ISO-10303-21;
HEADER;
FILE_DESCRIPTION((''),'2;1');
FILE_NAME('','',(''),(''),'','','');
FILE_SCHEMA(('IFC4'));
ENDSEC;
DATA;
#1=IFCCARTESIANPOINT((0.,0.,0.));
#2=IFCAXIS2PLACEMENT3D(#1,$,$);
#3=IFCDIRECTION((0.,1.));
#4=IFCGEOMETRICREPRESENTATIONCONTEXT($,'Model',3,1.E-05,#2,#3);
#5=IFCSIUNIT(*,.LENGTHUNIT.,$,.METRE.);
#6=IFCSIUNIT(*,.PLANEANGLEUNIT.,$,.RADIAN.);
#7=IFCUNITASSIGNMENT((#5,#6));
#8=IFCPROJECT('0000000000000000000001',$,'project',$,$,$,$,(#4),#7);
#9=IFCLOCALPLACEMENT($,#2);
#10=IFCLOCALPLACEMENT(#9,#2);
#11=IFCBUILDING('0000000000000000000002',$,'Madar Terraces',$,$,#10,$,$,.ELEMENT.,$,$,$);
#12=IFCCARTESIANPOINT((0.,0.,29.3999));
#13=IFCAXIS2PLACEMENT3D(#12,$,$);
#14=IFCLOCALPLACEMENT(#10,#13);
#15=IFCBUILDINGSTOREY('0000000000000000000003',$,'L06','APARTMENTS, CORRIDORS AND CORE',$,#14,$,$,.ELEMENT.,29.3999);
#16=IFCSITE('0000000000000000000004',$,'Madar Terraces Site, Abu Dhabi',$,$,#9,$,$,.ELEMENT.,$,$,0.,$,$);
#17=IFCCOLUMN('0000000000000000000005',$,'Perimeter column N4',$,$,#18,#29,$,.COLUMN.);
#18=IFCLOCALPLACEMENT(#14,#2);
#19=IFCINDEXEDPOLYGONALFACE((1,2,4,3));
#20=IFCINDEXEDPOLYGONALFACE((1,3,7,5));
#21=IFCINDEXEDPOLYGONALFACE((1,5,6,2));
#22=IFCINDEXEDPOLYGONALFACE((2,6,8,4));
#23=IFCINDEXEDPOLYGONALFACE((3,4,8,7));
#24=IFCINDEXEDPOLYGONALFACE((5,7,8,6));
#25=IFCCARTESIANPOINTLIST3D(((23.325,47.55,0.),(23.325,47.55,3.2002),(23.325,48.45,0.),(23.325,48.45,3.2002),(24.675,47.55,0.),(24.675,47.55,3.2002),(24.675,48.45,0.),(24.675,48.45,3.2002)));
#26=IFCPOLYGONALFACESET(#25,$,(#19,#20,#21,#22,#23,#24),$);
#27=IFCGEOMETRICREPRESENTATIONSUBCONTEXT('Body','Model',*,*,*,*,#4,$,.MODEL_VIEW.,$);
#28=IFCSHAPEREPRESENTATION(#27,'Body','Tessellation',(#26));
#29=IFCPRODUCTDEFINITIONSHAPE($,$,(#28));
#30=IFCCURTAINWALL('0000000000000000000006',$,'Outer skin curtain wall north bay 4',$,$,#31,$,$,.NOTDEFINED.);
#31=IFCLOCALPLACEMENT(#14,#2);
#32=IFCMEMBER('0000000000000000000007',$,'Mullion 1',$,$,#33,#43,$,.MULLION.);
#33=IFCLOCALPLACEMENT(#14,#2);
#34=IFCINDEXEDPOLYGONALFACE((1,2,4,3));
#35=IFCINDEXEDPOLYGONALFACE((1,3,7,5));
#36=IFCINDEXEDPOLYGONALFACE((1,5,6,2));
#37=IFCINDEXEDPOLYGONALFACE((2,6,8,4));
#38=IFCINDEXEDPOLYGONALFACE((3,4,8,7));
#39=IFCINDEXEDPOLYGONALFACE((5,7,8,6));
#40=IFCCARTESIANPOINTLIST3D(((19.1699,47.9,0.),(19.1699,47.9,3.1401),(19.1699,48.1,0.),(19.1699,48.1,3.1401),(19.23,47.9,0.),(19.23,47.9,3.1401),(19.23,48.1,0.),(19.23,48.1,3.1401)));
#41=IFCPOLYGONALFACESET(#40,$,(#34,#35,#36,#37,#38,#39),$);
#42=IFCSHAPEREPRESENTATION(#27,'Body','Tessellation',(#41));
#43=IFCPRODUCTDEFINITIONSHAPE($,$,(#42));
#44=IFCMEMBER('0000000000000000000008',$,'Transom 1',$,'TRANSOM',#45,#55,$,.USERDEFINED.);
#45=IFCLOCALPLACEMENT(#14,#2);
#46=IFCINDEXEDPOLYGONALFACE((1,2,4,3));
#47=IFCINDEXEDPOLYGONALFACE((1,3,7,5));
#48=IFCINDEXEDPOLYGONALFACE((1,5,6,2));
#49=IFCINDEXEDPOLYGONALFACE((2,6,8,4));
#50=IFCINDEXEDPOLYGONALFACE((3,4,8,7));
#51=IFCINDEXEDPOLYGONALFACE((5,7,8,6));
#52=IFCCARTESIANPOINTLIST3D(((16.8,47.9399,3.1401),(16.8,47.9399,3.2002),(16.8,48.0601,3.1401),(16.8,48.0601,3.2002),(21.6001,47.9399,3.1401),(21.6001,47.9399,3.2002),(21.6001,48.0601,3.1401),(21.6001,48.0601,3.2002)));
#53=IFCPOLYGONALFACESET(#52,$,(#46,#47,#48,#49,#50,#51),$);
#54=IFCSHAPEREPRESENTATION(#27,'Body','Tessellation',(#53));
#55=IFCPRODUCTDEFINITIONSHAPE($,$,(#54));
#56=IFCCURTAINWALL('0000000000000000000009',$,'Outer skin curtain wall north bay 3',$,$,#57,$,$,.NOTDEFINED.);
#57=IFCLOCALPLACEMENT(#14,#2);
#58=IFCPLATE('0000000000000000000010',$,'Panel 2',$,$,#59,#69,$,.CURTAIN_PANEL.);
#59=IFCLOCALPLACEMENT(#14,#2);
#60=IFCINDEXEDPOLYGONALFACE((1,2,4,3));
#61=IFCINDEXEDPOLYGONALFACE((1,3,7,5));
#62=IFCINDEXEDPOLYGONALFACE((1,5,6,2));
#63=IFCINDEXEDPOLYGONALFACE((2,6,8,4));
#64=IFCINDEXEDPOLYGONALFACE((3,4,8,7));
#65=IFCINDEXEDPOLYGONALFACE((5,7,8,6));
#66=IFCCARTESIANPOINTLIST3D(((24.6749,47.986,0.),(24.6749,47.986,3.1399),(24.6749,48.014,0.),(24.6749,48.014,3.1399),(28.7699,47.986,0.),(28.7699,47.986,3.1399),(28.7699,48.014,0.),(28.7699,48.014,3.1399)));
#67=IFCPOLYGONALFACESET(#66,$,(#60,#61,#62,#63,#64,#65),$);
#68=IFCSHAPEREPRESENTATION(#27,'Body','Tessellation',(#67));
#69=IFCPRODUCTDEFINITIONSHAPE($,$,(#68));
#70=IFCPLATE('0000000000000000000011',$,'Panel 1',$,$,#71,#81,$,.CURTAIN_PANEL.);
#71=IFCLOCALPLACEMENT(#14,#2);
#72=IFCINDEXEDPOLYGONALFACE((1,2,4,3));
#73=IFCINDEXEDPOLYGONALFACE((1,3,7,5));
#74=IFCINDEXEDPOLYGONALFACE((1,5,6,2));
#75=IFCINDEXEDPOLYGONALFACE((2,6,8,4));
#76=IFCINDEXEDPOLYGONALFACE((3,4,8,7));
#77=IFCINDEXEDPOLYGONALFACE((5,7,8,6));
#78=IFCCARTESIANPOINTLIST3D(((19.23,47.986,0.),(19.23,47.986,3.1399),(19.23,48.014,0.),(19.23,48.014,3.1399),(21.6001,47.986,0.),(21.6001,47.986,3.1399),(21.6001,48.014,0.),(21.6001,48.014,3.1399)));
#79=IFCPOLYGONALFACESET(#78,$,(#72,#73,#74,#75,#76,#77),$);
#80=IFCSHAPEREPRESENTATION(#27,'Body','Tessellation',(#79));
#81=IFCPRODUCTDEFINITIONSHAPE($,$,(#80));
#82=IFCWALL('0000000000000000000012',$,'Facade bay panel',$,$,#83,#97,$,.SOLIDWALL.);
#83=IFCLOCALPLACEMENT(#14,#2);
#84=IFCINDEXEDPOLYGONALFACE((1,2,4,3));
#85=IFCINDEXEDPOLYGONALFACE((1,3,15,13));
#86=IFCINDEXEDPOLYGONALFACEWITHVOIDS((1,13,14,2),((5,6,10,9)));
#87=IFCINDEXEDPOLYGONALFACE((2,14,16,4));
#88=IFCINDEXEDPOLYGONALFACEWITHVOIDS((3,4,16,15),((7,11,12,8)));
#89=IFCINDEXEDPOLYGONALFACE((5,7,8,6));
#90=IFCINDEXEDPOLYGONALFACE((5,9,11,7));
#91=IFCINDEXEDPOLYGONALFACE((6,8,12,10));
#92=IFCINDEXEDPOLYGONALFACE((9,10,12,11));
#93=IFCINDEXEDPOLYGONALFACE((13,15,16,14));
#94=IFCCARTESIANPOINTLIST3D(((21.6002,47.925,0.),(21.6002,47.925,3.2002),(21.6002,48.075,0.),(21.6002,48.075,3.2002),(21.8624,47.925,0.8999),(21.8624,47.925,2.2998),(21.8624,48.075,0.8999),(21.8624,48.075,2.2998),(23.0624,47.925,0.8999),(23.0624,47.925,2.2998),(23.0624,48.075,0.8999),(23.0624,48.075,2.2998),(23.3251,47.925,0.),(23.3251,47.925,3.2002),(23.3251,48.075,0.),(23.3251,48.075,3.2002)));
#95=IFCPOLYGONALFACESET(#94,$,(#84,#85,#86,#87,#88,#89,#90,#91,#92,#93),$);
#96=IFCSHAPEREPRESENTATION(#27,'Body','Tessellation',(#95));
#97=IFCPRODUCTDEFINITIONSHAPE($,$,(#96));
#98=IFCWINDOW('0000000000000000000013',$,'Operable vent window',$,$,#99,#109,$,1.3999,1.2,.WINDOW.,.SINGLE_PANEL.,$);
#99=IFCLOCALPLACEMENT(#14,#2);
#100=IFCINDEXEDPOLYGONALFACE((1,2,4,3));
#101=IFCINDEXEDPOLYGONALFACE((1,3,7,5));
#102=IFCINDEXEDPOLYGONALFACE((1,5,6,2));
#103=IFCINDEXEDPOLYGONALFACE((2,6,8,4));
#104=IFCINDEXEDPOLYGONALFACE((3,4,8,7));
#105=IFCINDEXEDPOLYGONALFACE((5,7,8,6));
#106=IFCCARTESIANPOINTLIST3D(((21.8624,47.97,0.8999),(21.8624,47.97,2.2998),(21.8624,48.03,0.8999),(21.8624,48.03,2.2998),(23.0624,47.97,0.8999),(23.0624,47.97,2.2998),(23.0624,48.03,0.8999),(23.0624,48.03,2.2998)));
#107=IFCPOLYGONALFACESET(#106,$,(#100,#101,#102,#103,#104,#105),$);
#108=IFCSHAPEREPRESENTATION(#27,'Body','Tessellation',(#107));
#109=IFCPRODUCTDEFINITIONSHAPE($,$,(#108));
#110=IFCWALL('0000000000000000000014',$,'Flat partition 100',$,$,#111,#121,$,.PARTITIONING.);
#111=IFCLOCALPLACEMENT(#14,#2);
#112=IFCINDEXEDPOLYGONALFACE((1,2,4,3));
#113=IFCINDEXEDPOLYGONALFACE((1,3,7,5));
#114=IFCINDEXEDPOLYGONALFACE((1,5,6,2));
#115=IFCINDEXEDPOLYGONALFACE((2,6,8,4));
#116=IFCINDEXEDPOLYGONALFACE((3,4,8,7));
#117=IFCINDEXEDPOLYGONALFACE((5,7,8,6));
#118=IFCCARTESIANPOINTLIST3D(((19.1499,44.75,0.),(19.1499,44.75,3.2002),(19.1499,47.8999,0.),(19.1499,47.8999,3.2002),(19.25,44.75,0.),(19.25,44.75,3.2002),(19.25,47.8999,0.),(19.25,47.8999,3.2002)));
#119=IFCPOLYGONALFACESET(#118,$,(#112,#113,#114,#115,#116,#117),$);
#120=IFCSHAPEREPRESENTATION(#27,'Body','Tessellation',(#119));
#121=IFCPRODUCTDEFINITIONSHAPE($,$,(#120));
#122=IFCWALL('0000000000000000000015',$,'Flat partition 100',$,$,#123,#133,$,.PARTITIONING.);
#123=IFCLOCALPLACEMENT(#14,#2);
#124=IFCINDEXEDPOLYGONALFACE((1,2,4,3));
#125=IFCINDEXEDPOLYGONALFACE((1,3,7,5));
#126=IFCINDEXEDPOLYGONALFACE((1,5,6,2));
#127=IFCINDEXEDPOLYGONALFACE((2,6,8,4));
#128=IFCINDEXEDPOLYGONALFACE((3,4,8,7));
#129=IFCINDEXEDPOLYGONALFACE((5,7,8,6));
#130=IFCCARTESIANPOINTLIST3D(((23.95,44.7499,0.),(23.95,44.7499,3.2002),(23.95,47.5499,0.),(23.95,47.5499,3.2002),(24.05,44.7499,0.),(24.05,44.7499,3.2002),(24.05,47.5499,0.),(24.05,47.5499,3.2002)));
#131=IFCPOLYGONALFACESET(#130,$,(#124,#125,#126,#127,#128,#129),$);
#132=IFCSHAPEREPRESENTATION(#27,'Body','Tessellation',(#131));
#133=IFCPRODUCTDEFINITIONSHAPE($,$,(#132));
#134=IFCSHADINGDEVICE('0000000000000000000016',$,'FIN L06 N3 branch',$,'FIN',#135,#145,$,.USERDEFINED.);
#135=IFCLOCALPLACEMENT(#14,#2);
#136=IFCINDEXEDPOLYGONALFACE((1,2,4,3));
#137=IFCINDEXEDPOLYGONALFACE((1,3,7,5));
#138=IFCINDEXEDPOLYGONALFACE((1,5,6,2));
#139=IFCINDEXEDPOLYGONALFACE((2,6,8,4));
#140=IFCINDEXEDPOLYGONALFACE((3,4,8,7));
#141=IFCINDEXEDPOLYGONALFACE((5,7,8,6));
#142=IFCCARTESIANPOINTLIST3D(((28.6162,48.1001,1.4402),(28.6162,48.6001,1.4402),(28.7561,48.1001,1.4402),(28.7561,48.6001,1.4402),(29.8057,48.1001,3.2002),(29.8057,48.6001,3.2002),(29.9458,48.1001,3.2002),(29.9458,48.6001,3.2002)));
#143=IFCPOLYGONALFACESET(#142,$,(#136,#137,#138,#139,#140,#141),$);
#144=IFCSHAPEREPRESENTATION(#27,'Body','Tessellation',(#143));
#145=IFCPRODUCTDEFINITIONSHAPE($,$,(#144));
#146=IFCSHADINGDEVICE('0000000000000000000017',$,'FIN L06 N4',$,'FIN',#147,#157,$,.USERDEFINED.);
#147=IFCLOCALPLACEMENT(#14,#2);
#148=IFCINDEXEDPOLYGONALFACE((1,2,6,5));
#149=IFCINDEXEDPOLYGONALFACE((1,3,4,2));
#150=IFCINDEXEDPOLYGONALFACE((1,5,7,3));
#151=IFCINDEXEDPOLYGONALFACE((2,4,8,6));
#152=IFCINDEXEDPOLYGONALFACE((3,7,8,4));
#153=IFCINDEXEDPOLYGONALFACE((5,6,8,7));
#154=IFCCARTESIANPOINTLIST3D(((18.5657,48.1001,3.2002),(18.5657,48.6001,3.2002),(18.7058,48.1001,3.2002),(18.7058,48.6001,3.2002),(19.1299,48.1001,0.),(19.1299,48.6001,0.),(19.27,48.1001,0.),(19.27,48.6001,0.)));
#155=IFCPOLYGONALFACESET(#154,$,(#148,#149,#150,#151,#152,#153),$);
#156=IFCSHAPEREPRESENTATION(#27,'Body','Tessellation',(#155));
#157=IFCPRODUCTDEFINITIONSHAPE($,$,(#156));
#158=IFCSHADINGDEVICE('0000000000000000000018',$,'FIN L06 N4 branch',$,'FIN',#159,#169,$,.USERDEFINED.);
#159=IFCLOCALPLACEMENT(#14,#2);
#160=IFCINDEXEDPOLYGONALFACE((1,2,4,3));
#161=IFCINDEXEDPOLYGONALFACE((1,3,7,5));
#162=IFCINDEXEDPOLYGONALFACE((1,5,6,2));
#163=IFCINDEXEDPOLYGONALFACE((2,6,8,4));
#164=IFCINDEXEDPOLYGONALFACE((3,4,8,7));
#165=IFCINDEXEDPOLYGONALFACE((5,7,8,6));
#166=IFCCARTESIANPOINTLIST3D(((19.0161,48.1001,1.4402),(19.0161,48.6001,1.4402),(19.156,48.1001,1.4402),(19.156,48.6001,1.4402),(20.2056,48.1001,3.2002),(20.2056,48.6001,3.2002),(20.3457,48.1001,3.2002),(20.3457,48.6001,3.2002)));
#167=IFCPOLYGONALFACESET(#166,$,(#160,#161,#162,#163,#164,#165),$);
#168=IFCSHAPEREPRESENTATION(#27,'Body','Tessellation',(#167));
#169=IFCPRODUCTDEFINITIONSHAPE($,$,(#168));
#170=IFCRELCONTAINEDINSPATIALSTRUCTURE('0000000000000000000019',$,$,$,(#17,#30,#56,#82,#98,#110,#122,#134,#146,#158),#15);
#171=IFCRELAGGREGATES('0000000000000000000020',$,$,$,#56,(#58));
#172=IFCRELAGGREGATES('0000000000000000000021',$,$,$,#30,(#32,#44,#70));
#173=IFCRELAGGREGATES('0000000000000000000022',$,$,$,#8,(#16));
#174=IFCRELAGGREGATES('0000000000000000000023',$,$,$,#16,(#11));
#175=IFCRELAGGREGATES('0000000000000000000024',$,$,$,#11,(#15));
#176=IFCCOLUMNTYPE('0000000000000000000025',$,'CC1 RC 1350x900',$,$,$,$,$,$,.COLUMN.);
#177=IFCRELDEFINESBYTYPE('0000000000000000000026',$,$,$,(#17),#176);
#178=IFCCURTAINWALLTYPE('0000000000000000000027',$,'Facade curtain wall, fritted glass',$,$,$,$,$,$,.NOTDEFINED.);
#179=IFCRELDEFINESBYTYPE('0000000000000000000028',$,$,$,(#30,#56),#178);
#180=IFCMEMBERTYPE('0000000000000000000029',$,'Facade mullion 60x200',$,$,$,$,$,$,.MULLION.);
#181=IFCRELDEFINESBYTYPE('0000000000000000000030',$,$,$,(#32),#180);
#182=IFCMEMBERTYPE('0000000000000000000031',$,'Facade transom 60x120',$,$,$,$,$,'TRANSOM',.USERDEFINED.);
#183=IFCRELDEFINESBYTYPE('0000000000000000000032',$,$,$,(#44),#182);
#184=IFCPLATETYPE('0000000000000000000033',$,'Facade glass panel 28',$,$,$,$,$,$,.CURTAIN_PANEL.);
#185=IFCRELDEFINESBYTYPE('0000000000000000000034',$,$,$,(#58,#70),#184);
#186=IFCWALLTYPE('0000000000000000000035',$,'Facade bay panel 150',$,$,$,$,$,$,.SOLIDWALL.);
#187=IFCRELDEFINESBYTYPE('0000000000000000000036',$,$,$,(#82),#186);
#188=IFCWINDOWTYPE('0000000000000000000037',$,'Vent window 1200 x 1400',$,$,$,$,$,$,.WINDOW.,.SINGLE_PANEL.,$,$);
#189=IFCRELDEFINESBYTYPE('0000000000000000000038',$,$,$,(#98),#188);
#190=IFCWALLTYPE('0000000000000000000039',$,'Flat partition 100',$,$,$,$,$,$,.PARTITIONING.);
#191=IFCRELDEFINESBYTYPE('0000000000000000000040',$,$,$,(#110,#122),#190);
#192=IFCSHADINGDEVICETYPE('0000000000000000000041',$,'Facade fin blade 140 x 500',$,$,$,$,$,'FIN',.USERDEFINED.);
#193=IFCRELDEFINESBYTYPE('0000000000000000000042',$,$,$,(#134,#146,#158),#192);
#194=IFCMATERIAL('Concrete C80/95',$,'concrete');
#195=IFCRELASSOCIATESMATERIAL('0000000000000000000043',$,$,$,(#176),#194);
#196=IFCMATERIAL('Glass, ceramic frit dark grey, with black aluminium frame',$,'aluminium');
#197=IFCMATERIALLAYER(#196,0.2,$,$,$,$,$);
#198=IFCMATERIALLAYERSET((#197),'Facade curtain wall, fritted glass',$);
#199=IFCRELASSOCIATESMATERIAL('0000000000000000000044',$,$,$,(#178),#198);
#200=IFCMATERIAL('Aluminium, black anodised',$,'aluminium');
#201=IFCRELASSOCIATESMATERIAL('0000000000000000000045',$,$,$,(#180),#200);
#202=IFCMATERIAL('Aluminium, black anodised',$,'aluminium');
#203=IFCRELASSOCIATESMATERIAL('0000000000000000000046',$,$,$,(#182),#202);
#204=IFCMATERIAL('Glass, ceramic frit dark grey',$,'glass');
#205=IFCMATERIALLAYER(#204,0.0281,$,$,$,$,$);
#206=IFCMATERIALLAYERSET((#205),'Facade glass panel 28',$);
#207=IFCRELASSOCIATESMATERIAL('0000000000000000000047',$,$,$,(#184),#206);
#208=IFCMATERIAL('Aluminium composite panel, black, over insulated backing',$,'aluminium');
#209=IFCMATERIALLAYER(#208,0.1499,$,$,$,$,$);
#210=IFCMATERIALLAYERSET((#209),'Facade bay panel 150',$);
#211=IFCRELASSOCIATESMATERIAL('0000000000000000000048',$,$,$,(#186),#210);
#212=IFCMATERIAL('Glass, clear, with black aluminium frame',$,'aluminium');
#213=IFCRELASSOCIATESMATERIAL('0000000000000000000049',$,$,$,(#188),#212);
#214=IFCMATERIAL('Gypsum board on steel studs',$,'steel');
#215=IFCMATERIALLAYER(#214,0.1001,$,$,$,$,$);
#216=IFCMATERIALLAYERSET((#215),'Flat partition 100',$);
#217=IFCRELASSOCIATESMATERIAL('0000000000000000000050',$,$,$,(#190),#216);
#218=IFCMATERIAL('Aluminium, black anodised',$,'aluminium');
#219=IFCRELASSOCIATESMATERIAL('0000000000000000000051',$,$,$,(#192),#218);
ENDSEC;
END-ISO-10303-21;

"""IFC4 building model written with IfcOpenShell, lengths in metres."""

from ifc_helpers import new_model, si_unit, direction, frame, frame_2d, origin, origin_2d, place, context, subcontext, project, spatial, polyline, rectangle, outline, extrude, material, layer, layer_set, material_profile, profile_set, type_object, element, fill, aggregate, save


model = new_model("IFC4")

# Units and contexts
model_context = context("Model", 3, precision=1e-05, world=origin(), true_north=direction((0.0, 1.0)))
body_context = subcontext(model_context, "Body", "Model", "MODEL_VIEW")
ifc_project = project(units=[si_unit("LENGTHUNIT", "METRE"), si_unit("PLANEANGLEUNIT", "RADIAN")], contexts=[model_context])

# Site, building, storey
site_placement = place(None, origin())
site = spatial("IfcSite", under=ifc_project, at=site_placement, Name="Madar Terraces Site, Abu Dhabi", CompositionType="ELEMENT", RefElevation=0.0)
building_placement = place(site_placement, origin())
building = spatial("IfcBuilding", under=site, at=building_placement, Name="Madar Terraces", CompositionType="ELEMENT")
storey_placement = place(building_placement, frame((0.0, 0.0, 29.3999)))
storey = spatial("IfcBuildingStorey", under=building, at=storey_placement, Name="L06", Description="APARTMENTS, CORRIDORS AND CORE", CompositionType="ELEMENT", Elevation=29.3999)

# Column
ifc_material_1 = material(Name="Concrete C80/95", Category="concrete")
ifc_material_profile_1 = material_profile(ifc_material_1, rectangle(XDim=1.3501, YDim=0.8999, at=origin_2d()), Name="CC1 RC 1350x900")
ifc_profile_set_1 = profile_set([ifc_material_profile_1], Name="Concrete C80/95")
column_type = type_object("IfcColumnType", Name="CC1 RC 1350x900", PredefinedType="COLUMN", material=ifc_profile_set_1)
column_placement = place(storey_placement, frame((24.0, 48.0, 0.0), z_axis=(0.0, 0.0, 1.0), x_axis=(1.0, 0.0, 0.0)))
element("IfcColumn", 1, at=column_placement, inside=storey, type_object=column_type, Name="Perimeter column N4", PredefinedType="COLUMN", context=body_context, shape_type="SweptSolid", body=[
    extrude(rectangle(XDim=1.3501, YDim=0.8999, at=origin_2d()), origin(), (0.0, 0.0, 1.0), 3.2002),
])

# Curtain wall, members
ifc_material_2 = material(Name="Glass, ceramic frit dark grey, with black aluminium frame", Category="aluminium")
ifc_layer_1 = layer(ifc_material_2, 0.2)
ifc_layer_set_1 = layer_set([ifc_layer_1], Name="Facade curtain wall, fritted glass")
curtain_wall_type = type_object("IfcCurtainWallType", Name="Facade curtain wall, fritted glass", PredefinedType="NOTDEFINED", material=ifc_layer_set_1)
curtain_wall_1_placement = place(storey_placement, origin())
curtain_wall_1 = element("IfcCurtainWall", 2, at=curtain_wall_1_placement, inside=storey, type_object=curtain_wall_type, Name="Outer skin curtain wall north bay 4", PredefinedType="NOTDEFINED")
ifc_material_3 = material(Name="Aluminium, black anodised", Category="aluminium")
ifc_material_profile_2 = material_profile(ifc_material_3, rectangle(XDim=0.2, YDim=0.0601, at=origin_2d()), Name="Facade mullion 60x200")
ifc_profile_set_2 = profile_set([ifc_material_profile_2], Name="Aluminium, black anodised")
member_type_1 = type_object("IfcMemberType", Name="Facade mullion 60x200", PredefinedType="MULLION", material=ifc_profile_set_2)
member_1_placement = place(storey_placement, frame((19.2, 48.0, 0.0), z_axis=(0.0, 0.0, 1.0), x_axis=(0.0, -1.0, 0.0)))
member_1 = element("IfcMember", 3, at=member_1_placement, type_object=member_type_1, Name="Mullion 1", PredefinedType="MULLION", context=body_context, shape_type="SweptSolid", body=[
    extrude(rectangle(XDim=0.2, YDim=0.0601, at=origin_2d()), origin(), (0.0, 0.0, 1.0), 3.1401),
])
ifc_material_4 = material(Name="Aluminium, black anodised", Category="aluminium")
ifc_material_profile_3 = material_profile(ifc_material_4, rectangle(XDim=0.1201, YDim=0.0601, at=origin_2d()), Name="Facade transom 60x120")
ifc_profile_set_3 = profile_set([ifc_material_profile_3], Name="Aluminium, black anodised")
member_type_2 = type_object("IfcMemberType", Name="Facade transom 60x120", ElementType="TRANSOM", PredefinedType="USERDEFINED", material=ifc_profile_set_3)
member_2_placement = place(storey_placement, frame((21.6001, 48.0, 3.1702), z_axis=(-1.0, 0.0, 0.0), x_axis=(0.0, -1.0, 0.0)))
member_2 = element("IfcMember", 4, at=member_2_placement, type_object=member_type_2, Name="Transom 1", ObjectType="TRANSOM", PredefinedType="USERDEFINED", context=body_context, shape_type="SweptSolid", body=[
    extrude(rectangle(XDim=0.1201, YDim=0.0601, at=origin_2d()), origin(), (0.0, 0.0, 1.0), 4.8),
])

# Curtain wall, plate
curtain_wall_2_placement = place(storey_placement, origin())
curtain_wall_2 = element("IfcCurtainWall", 5, at=curtain_wall_2_placement, inside=storey, type_object=curtain_wall_type, Name="Outer skin curtain wall north bay 3", PredefinedType="NOTDEFINED")
ifc_material_5 = material(Name="Glass, ceramic frit dark grey", Category="glass")
ifc_layer_2 = layer(ifc_material_5, 0.0281)
ifc_layer_set_2 = layer_set([ifc_layer_2], Name="Facade glass panel 28")
plate_type = type_object("IfcPlateType", Name="Facade glass panel 28", PredefinedType="CURTAIN_PANEL", material=ifc_layer_set_2)
plate_1_placement = place(storey_placement, frame((26.7224, 48.0, 0.0), z_axis=(0.0, 0.0, 1.0), x_axis=(-1.0, 0.0, 0.0)))
plate_1 = element("IfcPlate", 6, at=plate_1_placement, type_object=plate_type, Name="Panel 2", PredefinedType="CURTAIN_PANEL", context=body_context, shape_type="SweptSolid", body=[
    extrude(rectangle(XDim=4.095, YDim=0.0281, at=origin_2d()), origin(), (0.0, 0.0, 1.0), 3.1399),
])
aggregate(curtain_wall_2, [plate_1])

# Plate
plate_2_placement = place(storey_placement, frame((20.415, 48.0, 0.0), z_axis=(0.0, 0.0, 1.0), x_axis=(-1.0, 0.0, 0.0)))
plate_2 = element("IfcPlate", 7, at=plate_2_placement, type_object=plate_type, Name="Panel 1", PredefinedType="CURTAIN_PANEL", context=body_context, shape_type="SweptSolid", body=[
    extrude(rectangle(XDim=2.3701, YDim=0.0281, at=origin_2d()), origin(), (0.0, 0.0, 1.0), 3.1399),
])
aggregate(curtain_wall_1, [member_1, member_2, plate_2])

# Wall, opening, window
ifc_material_6 = material(Name="Aluminium composite panel, black, over insulated backing", Category="aluminium")
ifc_layer_3 = layer(ifc_material_6, 0.1499)
ifc_layer_set_3 = layer_set([ifc_layer_3], Name="Facade bay panel 150")
wall_type_1 = type_object("IfcWallType", Name="Facade bay panel 150", PredefinedType="SOLIDWALL", material=ifc_layer_set_3)
wall_1_placement = place(storey_placement, frame((23.325, 48.0, 0.0), z_axis=(0.0, 0.0, 1.0), x_axis=(-1.0, 0.0, 0.0)))
wall_1 = element("IfcWall", 8, at=wall_1_placement, inside=storey, type_object=wall_type_1, Name="Facade bay panel", PredefinedType="SOLIDWALL", context=body_context, shape_type="SweptSolid", body=[
    extrude(rectangle(XDim=1.7249, YDim=0.1499, at=frame_2d((0.8623, 0.0))), origin(), (0.0, 0.0, 1.0), 3.2002),
])
opening_placement = place(wall_1_placement, frame((0.2625, 0.0, 0.8999)))
opening = element("IfcOpeningElement", 9, at=opening_placement, cuts=wall_1, PredefinedType="OPENING", context=body_context, shape_type="SweptSolid", body=[
    extrude(rectangle(XDim=1.2, YDim=1.3999, at=frame_2d((0.6001, 0.7))), frame((0.0, 0.085, 0.0), z_axis=(0.0, -1.0, 0.0), x_axis=(1.0, 0.0, 0.0)), (0.0, 0.0, 1.0), 0.1699),
])
ifc_material_7 = material(Name="Glass, clear, with black aluminium frame", Category="aluminium")
window_type = type_object("IfcWindowType", Name="Vent window 1200 x 1400", PartitioningType="SINGLE_PANEL", PredefinedType="WINDOW", material=ifc_material_7)
window_placement = place(opening_placement, origin())
window = element("IfcWindow", 10, at=window_placement, inside=storey, type_object=window_type, Name="Operable vent window", OverallHeight=1.3999, OverallWidth=1.2, PartitioningType="SINGLE_PANEL", PredefinedType="WINDOW", context=body_context, shape_type="SweptSolid", body=[
    extrude(rectangle(XDim=1.2, YDim=1.3999, at=frame_2d((0.6001, 0.7))), frame((0.0, 0.03, 0.0), z_axis=(0.0, -1.0, 0.0), x_axis=(1.0, 0.0, 0.0)), (0.0, 0.0, 1.0), 0.0601),
])
fill(opening, window)

# Walls
ifc_material_8 = material(Name="Gypsum board on steel studs", Category="steel")
ifc_layer_4 = layer(ifc_material_8, 0.1001)
ifc_layer_set_4 = layer_set([ifc_layer_4], Name="Flat partition 100")
wall_type_2 = type_object("IfcWallType", Name="Flat partition 100", PredefinedType="PARTITIONING", material=ifc_layer_set_4)
wall_2_placement = place(storey_placement, frame((19.2, 44.75, 0.0), z_axis=(0.0, 0.0, 1.0), x_axis=(0.0, 1.0, 0.0)))
element("IfcWall", 11, at=wall_2_placement, inside=storey, type_object=wall_type_2, Name="Flat partition 100", PredefinedType="PARTITIONING", context=body_context, shape_type="SweptSolid", body=[
    extrude(rectangle(XDim=3.1499, YDim=0.1001, at=frame_2d((1.575, 0.0))), origin(), (0.0, 0.0, 1.0), 3.2002),
])
wall_3_placement = place(storey_placement, frame((24.0, 44.75, 0.0), z_axis=(0.0, 0.0, 1.0), x_axis=(0.0, 1.0, 0.0)))
element("IfcWall", 12, at=wall_3_placement, inside=storey, type_object=wall_type_2, Name="Flat partition 100", PredefinedType="PARTITIONING", context=body_context, shape_type="SweptSolid", body=[
    extrude(rectangle(XDim=2.8, YDim=0.1001, at=frame_2d((1.3999, 0.0))), origin(), (0.0, 0.0, 1.0), 3.2002),
])

# Shading devices
ifc_material_9 = material(Name="Aluminium, black anodised", Category="aluminium")
shading_device_type = type_object("IfcShadingDeviceType", Name="Facade fin blade 140 x 500", ElementType="FIN", PredefinedType="USERDEFINED", material=ifc_material_9)
shading_device_1_placement = place(storey_placement, frame((28.7561, 48.3501, 1.4402), z_axis=(0.0, 0.0, 1.0), x_axis=(-1.0, 0.0, 0.0)))
element("IfcShadingDevice", 13, at=shading_device_1_placement, inside=storey, type_object=shading_device_type, Name="FIN L06 N3 branch", ObjectType="FIN", PredefinedType="USERDEFINED", context=body_context, shape_type="SweptSolid", body=[
    extrude(outline(polyline([(0.0, 0.0), (0.1399, 0.0), (-1.0496, 1.76), (-1.1897, 1.76), (0.0, 0.0)])), frame((0.0, 0.25, 0.0), z_axis=(0.0, -1.0, 0.0), x_axis=(1.0, 0.0, 0.0)), (0.0, 0.0, 1.0), 0.5),
])
shading_device_2_placement = place(storey_placement, frame((19.27, 48.3501, 0.0), z_axis=(0.0, 0.0, 1.0), x_axis=(-1.0, 0.0, 0.0)))
element("IfcShadingDevice", 14, at=shading_device_2_placement, inside=storey, type_object=shading_device_type, Name="FIN L06 N4", ObjectType="FIN", PredefinedType="USERDEFINED", context=body_context, shape_type="SweptSolid", body=[
    extrude(outline(polyline([(0.0, 0.0), (0.1401, 0.0), (0.7043, 3.2002), (0.5642, 3.2002), (0.0, 0.0)])), frame((0.0, 0.25, 0.0), z_axis=(0.0, -1.0, 0.0), x_axis=(1.0, 0.0, 0.0)), (0.0, 0.0, 1.0), 0.5),
])
shading_device_3_placement = place(storey_placement, frame((19.156, 48.3501, 1.4402), z_axis=(0.0, 0.0, 1.0), x_axis=(-1.0, 0.0, 0.0)))
element("IfcShadingDevice", 15, at=shading_device_3_placement, inside=storey, type_object=shading_device_type, Name="FIN L06 N4 branch", ObjectType="FIN", PredefinedType="USERDEFINED", context=body_context, shape_type="SweptSolid", body=[
    extrude(outline(polyline([(0.0, 0.0), (0.1399, 0.0), (-1.0496, 1.76), (-1.1897, 1.76), (0.0, 0.0)])), frame((0.0, 0.25, 0.0), z_axis=(0.0, -1.0, 0.0), x_axis=(1.0, 0.0, 0.0)), (0.0, 0.0, 1.0), 0.5),
])

save(model, "model.ifc")
